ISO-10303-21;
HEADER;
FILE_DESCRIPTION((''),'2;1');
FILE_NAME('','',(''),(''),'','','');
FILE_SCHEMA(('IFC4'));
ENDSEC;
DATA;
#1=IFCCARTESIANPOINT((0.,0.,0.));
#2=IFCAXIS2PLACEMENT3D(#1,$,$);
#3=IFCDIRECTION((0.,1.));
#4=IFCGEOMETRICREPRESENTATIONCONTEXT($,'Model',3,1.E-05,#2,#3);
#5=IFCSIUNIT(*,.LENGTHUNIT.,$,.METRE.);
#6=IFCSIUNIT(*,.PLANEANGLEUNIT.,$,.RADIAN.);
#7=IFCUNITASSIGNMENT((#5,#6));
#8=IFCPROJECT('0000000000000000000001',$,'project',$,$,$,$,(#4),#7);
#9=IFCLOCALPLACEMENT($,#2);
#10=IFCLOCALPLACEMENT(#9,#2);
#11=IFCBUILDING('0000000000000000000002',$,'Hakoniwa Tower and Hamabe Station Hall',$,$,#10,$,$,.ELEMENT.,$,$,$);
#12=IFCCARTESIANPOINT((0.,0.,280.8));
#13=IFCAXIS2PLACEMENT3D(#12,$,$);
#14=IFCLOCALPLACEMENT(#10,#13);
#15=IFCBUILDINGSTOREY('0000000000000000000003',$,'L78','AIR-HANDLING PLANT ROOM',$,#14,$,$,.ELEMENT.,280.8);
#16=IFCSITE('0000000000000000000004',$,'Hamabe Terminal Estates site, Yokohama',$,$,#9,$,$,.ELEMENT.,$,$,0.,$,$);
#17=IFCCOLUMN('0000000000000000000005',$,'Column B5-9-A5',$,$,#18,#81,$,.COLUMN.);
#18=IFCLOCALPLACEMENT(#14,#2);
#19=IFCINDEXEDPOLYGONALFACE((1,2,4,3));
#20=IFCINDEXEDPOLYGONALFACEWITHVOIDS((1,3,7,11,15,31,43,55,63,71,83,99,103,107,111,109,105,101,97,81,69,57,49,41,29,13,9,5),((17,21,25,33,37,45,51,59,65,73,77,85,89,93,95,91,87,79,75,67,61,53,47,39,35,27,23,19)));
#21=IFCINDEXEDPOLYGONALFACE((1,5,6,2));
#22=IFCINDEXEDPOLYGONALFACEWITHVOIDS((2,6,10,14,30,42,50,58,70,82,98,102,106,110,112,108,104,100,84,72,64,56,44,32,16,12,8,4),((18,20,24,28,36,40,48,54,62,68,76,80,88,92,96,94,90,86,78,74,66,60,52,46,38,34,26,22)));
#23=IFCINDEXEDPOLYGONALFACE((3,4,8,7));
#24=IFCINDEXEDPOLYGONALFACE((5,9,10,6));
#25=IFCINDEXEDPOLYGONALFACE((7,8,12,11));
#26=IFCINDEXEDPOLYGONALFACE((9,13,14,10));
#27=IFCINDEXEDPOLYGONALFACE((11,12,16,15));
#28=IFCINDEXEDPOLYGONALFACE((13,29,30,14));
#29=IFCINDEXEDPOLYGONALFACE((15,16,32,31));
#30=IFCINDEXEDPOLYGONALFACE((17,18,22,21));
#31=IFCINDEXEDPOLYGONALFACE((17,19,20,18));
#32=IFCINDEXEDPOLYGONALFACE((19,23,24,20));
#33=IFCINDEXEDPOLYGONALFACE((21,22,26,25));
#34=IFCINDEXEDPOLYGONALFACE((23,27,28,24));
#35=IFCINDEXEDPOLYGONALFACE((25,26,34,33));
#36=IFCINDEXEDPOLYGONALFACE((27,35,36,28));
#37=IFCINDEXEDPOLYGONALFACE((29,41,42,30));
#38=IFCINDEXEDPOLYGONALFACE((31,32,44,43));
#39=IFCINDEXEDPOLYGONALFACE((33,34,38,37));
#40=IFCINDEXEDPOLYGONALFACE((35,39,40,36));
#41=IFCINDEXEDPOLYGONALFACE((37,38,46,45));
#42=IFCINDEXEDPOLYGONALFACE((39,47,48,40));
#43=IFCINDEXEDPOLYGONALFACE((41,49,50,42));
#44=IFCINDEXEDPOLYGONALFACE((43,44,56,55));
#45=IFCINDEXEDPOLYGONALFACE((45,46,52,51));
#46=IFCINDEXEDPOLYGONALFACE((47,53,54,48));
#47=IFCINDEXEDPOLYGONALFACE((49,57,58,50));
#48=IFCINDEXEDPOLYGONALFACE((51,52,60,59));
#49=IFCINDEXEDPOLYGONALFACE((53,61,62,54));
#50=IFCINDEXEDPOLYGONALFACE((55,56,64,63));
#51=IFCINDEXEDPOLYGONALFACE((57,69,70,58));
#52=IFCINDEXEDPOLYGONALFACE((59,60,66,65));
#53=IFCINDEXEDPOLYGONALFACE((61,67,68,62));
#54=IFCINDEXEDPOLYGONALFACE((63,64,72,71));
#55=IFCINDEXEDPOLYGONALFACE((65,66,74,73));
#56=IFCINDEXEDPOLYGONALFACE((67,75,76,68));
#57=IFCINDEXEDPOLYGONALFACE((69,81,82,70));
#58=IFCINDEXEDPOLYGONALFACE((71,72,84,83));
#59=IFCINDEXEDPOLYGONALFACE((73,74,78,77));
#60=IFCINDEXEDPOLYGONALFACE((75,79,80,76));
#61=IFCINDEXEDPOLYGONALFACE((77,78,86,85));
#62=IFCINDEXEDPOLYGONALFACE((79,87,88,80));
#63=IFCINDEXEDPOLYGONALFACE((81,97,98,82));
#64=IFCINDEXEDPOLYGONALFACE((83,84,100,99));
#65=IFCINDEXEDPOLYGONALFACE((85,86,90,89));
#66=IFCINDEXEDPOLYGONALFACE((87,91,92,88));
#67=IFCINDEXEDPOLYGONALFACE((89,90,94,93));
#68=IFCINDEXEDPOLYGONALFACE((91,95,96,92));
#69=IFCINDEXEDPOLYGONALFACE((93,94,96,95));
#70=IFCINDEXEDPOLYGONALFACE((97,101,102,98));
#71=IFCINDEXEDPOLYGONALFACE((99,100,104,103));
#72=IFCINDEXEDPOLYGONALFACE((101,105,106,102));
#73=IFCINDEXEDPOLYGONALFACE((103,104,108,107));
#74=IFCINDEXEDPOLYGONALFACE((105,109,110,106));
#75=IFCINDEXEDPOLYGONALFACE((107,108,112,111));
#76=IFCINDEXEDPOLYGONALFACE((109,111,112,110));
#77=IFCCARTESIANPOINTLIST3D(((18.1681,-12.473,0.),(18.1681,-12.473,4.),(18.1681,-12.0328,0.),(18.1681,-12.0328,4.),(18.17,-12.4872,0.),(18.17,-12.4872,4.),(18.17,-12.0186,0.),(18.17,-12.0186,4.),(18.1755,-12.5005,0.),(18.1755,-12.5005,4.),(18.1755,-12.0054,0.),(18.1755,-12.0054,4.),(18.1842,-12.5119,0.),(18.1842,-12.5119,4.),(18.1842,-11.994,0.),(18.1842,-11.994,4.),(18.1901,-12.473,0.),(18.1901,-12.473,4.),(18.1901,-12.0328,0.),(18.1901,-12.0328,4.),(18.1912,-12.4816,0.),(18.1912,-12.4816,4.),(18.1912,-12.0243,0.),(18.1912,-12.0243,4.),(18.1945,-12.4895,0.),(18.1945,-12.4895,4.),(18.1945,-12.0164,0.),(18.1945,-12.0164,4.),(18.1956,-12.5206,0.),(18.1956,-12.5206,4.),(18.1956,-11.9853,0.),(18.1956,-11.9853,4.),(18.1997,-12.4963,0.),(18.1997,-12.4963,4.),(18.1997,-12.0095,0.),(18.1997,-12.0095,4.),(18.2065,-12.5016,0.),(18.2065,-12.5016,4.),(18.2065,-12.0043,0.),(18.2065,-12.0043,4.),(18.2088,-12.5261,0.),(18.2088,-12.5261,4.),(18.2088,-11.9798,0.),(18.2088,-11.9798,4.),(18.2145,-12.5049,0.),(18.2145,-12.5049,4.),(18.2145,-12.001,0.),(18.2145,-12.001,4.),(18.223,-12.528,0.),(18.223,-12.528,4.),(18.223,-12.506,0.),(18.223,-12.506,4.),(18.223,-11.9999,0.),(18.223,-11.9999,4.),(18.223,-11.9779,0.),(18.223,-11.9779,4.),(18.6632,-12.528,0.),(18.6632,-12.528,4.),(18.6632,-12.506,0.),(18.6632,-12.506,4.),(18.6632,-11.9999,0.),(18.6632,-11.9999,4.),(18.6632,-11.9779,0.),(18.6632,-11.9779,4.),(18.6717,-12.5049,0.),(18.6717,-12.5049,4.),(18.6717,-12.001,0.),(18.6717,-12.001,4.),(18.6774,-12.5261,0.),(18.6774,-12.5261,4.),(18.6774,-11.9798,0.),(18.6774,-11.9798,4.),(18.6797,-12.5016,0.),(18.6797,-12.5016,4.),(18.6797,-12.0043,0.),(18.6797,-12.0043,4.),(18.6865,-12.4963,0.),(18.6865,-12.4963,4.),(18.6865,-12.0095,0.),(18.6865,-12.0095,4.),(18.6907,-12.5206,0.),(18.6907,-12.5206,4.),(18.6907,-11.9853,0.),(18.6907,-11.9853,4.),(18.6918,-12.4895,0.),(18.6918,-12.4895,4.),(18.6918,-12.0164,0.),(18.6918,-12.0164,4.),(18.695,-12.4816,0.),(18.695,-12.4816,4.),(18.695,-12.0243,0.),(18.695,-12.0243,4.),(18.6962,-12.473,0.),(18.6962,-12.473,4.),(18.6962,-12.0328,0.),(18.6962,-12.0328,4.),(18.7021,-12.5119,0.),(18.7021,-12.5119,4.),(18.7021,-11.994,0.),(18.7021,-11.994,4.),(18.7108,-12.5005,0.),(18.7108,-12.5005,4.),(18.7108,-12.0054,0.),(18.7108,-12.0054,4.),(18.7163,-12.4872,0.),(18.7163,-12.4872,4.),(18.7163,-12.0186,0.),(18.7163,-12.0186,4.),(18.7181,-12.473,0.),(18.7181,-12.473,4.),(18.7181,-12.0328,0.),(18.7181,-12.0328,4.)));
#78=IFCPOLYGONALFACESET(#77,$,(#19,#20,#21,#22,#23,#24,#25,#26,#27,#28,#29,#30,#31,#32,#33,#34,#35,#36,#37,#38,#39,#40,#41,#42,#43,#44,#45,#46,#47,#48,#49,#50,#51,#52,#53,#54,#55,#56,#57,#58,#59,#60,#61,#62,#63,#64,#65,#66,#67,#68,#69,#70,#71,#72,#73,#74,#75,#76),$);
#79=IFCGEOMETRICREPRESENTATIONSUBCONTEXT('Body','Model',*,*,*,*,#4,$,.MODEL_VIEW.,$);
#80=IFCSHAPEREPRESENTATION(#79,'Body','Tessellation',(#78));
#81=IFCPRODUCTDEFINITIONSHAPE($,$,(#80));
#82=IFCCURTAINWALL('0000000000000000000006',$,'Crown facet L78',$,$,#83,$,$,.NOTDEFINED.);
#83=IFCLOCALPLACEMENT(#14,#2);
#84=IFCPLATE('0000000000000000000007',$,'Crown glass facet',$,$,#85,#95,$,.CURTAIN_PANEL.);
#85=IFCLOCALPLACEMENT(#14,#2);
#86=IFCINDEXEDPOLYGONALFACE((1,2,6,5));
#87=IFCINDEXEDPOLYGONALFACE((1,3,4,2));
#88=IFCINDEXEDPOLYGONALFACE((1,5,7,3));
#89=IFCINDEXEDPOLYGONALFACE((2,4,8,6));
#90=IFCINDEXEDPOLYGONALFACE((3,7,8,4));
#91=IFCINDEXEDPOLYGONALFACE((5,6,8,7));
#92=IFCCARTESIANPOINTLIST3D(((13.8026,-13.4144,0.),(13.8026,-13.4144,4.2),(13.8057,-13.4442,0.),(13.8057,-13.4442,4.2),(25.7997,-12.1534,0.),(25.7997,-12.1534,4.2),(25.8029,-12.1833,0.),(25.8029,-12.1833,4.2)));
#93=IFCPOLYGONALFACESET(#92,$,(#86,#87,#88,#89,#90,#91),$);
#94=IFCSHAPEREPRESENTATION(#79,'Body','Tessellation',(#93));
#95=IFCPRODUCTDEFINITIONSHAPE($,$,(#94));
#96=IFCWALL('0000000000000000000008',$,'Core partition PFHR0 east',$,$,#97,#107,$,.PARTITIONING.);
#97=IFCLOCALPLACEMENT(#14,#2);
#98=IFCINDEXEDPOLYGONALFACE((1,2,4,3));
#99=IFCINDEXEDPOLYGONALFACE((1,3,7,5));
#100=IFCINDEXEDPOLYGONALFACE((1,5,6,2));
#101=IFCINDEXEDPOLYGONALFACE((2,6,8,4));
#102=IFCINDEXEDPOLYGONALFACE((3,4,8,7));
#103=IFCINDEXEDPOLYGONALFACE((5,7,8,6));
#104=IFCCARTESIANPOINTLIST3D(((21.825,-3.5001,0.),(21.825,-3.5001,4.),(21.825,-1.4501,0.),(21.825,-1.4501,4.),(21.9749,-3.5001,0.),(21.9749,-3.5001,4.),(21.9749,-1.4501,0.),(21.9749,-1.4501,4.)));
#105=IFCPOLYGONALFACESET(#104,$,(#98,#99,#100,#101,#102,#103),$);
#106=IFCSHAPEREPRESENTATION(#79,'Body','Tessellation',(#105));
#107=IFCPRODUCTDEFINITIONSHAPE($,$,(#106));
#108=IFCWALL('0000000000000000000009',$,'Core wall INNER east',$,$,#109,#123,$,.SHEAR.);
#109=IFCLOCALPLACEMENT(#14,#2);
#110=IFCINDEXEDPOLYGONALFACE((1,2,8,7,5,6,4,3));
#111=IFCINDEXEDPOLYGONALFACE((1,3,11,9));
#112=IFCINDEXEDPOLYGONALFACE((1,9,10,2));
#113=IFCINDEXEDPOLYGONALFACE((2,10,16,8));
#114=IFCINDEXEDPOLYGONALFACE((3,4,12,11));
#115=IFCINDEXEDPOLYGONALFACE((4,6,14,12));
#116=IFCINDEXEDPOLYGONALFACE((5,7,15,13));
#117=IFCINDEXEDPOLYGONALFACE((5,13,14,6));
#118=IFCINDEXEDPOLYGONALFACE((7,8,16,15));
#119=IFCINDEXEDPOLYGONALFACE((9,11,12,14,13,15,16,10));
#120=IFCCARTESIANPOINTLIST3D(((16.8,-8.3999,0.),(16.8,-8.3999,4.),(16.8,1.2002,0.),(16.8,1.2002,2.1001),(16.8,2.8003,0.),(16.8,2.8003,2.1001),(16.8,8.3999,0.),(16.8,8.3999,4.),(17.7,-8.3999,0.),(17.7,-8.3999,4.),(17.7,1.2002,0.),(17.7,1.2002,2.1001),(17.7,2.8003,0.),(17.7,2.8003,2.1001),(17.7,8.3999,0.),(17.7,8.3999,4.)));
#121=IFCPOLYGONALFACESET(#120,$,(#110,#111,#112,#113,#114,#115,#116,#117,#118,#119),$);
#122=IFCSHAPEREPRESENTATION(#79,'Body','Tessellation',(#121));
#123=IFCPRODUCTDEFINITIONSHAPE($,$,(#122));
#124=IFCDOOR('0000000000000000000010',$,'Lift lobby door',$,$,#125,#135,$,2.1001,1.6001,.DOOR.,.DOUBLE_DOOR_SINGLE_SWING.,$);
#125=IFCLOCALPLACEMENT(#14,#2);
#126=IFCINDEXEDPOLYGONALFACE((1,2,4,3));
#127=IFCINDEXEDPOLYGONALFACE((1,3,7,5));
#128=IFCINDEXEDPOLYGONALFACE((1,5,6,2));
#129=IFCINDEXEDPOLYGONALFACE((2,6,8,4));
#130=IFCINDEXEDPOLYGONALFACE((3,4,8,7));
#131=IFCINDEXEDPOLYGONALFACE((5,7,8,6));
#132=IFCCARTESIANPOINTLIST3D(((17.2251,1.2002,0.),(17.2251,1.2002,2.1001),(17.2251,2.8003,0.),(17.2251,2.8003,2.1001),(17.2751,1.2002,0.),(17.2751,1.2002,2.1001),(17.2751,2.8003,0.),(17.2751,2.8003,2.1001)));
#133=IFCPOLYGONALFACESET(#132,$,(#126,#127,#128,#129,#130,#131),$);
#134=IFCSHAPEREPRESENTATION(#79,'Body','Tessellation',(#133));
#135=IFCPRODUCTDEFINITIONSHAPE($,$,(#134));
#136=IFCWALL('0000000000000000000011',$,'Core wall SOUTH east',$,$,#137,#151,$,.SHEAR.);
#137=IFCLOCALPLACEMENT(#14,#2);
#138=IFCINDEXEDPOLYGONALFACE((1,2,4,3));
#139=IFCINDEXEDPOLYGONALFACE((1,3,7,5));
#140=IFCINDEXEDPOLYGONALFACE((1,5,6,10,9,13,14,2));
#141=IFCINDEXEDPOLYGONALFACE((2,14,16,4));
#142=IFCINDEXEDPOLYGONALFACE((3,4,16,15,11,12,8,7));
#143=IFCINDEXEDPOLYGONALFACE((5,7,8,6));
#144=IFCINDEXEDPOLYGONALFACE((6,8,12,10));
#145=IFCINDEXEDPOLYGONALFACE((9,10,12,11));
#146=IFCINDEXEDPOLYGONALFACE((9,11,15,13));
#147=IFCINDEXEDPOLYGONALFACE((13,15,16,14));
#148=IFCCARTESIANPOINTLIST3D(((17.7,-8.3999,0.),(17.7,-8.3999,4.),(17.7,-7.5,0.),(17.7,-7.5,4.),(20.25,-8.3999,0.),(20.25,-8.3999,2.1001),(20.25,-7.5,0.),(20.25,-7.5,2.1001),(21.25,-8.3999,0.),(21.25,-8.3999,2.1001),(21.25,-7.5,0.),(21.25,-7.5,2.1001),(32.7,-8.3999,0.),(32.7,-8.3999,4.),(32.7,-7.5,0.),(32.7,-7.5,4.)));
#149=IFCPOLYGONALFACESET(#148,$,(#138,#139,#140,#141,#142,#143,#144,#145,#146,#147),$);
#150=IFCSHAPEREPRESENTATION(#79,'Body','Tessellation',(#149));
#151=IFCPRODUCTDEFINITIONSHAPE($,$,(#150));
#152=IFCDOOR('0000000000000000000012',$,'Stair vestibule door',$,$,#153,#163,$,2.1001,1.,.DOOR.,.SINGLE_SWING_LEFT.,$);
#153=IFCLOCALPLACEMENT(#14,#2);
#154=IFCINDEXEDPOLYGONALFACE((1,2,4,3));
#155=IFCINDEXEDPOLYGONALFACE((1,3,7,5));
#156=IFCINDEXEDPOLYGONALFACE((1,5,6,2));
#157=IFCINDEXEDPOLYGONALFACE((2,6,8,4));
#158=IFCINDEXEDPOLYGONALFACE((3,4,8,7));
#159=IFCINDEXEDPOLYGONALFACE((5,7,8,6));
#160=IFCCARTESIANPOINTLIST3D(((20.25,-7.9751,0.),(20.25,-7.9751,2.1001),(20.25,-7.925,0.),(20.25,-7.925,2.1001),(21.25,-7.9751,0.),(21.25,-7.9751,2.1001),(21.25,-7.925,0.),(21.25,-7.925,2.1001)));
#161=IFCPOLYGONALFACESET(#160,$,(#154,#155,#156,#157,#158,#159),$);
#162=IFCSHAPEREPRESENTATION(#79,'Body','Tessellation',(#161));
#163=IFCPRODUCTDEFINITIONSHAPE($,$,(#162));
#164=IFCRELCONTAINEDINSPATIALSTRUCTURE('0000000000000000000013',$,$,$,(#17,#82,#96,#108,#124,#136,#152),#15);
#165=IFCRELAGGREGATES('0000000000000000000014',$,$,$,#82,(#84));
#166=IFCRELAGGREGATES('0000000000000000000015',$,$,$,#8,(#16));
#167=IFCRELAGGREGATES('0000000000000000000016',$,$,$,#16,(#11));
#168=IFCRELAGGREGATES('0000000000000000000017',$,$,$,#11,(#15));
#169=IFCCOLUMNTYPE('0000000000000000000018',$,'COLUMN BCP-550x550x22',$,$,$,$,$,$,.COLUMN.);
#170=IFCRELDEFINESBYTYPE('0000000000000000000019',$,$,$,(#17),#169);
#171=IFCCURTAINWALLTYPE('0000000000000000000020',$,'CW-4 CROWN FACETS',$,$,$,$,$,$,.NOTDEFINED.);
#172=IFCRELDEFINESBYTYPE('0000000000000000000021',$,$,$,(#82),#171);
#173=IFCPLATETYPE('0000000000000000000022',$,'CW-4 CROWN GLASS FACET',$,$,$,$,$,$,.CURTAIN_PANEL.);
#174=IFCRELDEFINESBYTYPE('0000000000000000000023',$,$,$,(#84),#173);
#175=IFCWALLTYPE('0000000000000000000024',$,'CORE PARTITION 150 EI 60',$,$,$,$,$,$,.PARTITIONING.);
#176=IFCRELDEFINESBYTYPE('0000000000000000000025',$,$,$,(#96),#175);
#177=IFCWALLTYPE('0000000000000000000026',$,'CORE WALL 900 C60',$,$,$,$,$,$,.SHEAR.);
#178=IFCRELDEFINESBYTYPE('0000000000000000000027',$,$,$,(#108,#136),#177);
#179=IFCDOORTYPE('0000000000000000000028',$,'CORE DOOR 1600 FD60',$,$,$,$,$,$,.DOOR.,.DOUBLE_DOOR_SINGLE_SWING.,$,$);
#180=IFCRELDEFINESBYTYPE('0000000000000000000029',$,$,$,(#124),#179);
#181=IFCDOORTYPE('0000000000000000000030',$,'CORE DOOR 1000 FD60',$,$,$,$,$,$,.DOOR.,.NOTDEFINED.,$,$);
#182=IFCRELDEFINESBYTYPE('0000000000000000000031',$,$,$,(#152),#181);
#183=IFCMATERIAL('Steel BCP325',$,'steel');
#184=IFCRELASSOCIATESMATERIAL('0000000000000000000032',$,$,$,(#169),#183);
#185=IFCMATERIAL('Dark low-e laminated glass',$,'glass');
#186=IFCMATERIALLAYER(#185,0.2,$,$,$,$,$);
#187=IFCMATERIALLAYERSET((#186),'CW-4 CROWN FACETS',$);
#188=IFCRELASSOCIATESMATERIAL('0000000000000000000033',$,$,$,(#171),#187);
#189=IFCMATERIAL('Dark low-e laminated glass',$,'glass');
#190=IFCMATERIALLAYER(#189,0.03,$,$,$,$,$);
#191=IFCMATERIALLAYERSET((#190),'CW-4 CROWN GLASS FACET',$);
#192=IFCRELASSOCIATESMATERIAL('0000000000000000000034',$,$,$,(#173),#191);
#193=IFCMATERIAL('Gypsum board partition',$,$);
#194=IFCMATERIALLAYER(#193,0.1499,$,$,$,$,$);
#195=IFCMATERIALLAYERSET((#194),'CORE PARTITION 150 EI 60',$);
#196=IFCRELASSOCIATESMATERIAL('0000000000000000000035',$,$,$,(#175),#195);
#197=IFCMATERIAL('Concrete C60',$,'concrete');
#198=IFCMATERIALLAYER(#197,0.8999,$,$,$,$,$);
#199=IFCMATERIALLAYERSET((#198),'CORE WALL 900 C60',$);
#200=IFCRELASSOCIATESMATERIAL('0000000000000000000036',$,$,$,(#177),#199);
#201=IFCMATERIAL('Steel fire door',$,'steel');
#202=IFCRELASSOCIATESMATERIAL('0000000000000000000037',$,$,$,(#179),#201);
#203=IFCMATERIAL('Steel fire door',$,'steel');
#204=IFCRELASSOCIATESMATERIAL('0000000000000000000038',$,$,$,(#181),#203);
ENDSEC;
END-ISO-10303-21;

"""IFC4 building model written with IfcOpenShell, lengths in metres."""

from ifc_helpers import new_model, si_unit, direction, frame, frame_2d, origin, origin_2d, place, context, subcontext, project, spatial, rectangle, hollow_rectangle, extrude, material, layer, layer_set, material_profile, profile_set, type_object, element, fill, aggregate, save


model = new_model("IFC4")

# Units and contexts
model_context = context("Model", 3, precision=1e-05, world=origin(), true_north=direction((0.0, 1.0)))
body_context = subcontext(model_context, "Body", "Model", "MODEL_VIEW")
ifc_project = project(units=[si_unit("LENGTHUNIT", "METRE"), si_unit("PLANEANGLEUNIT", "RADIAN")], contexts=[model_context])

# Site, building, storey
site_placement = place(None, origin())
site = spatial("IfcSite", under=ifc_project, at=site_placement, Name="Hamabe Terminal Estates site, Yokohama", CompositionType="ELEMENT", RefElevation=0.0)
building_placement = place(site_placement, origin())
building = spatial("IfcBuilding", under=site, at=building_placement, Name="Hakoniwa Tower and Hamabe Station Hall", CompositionType="ELEMENT")
storey_placement = place(building_placement, frame((0.0, 0.0, 280.8)))
storey = spatial("IfcBuildingStorey", under=building, at=storey_placement, Name="L78", Description="AIR-HANDLING PLANT ROOM", CompositionType="ELEMENT", Elevation=280.8)

# Column
ifc_material_1 = material(Name="Steel BCP325", Category="steel")
ifc_material_profile_1 = material_profile(ifc_material_1, hollow_rectangle(XDim=0.55, YDim=0.55, WallThickness=0.022, InnerFilletRadius=0.033, OuterFilletRadius=0.0549, at=origin_2d()), Name="BCP-550x550x22")
ifc_profile_set_1 = profile_set([ifc_material_profile_1], Name="Steel BCP325")
column_type = type_object("IfcColumnType", Name="COLUMN BCP-550x550x22", PredefinedType="COLUMN", material=ifc_profile_set_1)
column_placement = place(storey_placement, frame((18.4431, -12.2529, 0.0), z_axis=(0.0, 0.0, 1.0), x_axis=(1.0, 0.0, 0.0)))
element("IfcColumn", 1, at=column_placement, inside=storey, type_object=column_type, Name="Column B5-9-A5", PredefinedType="COLUMN", context=body_context, shape_type="SweptSolid", body=[
    extrude(hollow_rectangle(XDim=0.55, YDim=0.55, WallThickness=0.022, InnerFilletRadius=0.033, OuterFilletRadius=0.0549, at=origin_2d()), origin(), (0.0, 0.0, 1.0), 4.0),
])

# Curtain wall, plate
ifc_material_2 = material(Name="Dark low-e laminated glass", Category="glass")
ifc_layer_1 = layer(ifc_material_2, 0.2)
ifc_layer_set_1 = layer_set([ifc_layer_1], Name="CW-4 CROWN FACETS")
curtain_wall_type = type_object("IfcCurtainWallType", Name="CW-4 CROWN FACETS", PredefinedType="NOTDEFINED", material=ifc_layer_set_1)
curtain_wall_placement = place(storey_placement, origin())
curtain_wall = element("IfcCurtainWall", 2, at=curtain_wall_placement, inside=storey, type_object=curtain_wall_type, Name="Crown facet L78", PredefinedType="NOTDEFINED")
ifc_material_3 = material(Name="Dark low-e laminated glass", Category="glass")
ifc_layer_2 = layer(ifc_material_3, 0.03)
ifc_layer_set_2 = layer_set([ifc_layer_2], Name="CW-4 CROWN GLASS FACET")
plate_type = type_object("IfcPlateType", Name="CW-4 CROWN GLASS FACET", PredefinedType="CURTAIN_PANEL", material=ifc_layer_set_2)
plate_placement = place(storey_placement, frame((19.8027, -12.7988, 0.0), z_axis=(0.0, 0.0, 1.0), x_axis=(0.994522, 0.104528, 0.0)))
plate = element("IfcPlate", 3, at=plate_placement, type_object=plate_type, Name="Crown glass facet", PredefinedType="CURTAIN_PANEL", context=body_context, shape_type="SweptSolid", body=[
    extrude(rectangle(XDim=12.0632, YDim=0.03, at=origin_2d()), origin(), (0.0, 0.0, 1.0), 4.2),
])
aggregate(curtain_wall, [plate])

# Wall
ifc_material_4 = material(Name="Gypsum board partition")
ifc_layer_3 = layer(ifc_material_4, 0.1499)
ifc_layer_set_3 = layer_set([ifc_layer_3], Name="CORE PARTITION 150 EI 60")
wall_type_1 = type_object("IfcWallType", Name="CORE PARTITION 150 EI 60", PredefinedType="PARTITIONING", material=ifc_layer_set_3)
wall_1_placement = place(storey_placement, frame((21.8999, -3.5, 0.0), z_axis=(0.0, 0.0, 1.0), x_axis=(0.0, 1.0, 0.0)))
element("IfcWall", 4, at=wall_1_placement, inside=storey, type_object=wall_type_1, Name="Core partition PFHR0 east", PredefinedType="PARTITIONING", context=body_context, shape_type="SweptSolid", body=[
    extrude(rectangle(XDim=2.05, YDim=0.1499, at=frame_2d((1.0249, 0.0))), origin(), (0.0, 0.0, 1.0), 4.0),
])

# Walls, openings, doors
ifc_material_5 = material(Name="Concrete C60", Category="concrete")
ifc_layer_4 = layer(ifc_material_5, 0.8999)
ifc_layer_set_4 = layer_set([ifc_layer_4], Name="CORE WALL 900 C60")
wall_type_2 = type_object("IfcWallType", Name="CORE WALL 900 C60", PredefinedType="SHEAR", material=ifc_layer_set_4)
wall_2_placement = place(storey_placement, frame((17.25, -8.3999, 0.0), z_axis=(0.0, 0.0, 1.0), x_axis=(0.0, 1.0, 0.0)))
wall_2 = element("IfcWall", 5, at=wall_2_placement, inside=storey, type_object=wall_type_2, Name="Core wall INNER east", PredefinedType="SHEAR", context=body_context, shape_type="SweptSolid", body=[
    extrude(rectangle(XDim=16.7998, YDim=0.8999, at=frame_2d((8.3999, 0.0))), origin(), (0.0, 0.0, 1.0), 4.0),
])
opening_1_placement = place(wall_2_placement, frame((9.6001, 0.0, 0.0)))
opening_1 = element("IfcOpeningElement", 6, at=opening_1_placement, cuts=wall_2, PredefinedType="OPENING", context=body_context, shape_type="SweptSolid", body=[
    extrude(rectangle(XDim=1.6001, YDim=2.1001, at=frame_2d((0.8, 1.05))), frame((0.0, 0.46, 0.0), z_axis=(0.0, -1.0, 0.0), x_axis=(1.0, 0.0, 0.0)), (0.0, 0.0, 1.0), 0.9199),
])
ifc_material_6 = material(Name="Steel fire door", Category="steel")
door_type_1 = type_object("IfcDoorType", Name="CORE DOOR 1600 FD60", OperationType="DOUBLE_DOOR_SINGLE_SWING", PredefinedType="DOOR", material=ifc_material_6)
door_1_placement = place(opening_1_placement, origin())
door_1 = element("IfcDoor", 7, at=door_1_placement, inside=storey, type_object=door_type_1, Name="Lift lobby door", OperationType="DOUBLE_DOOR_SINGLE_SWING", OverallHeight=2.1001, OverallWidth=1.6001, PredefinedType="DOOR", context=body_context, shape_type="SweptSolid", body=[
    extrude(rectangle(XDim=1.6001, YDim=2.1001, at=frame_2d((0.8, 1.05))), frame((0.0, 0.0249, 0.0), z_axis=(0.0, -1.0, 0.0), x_axis=(1.0, 0.0, 0.0)), (0.0, 0.0, 1.0), 0.05),
])
fill(opening_1, door_1)
wall_3_placement = place(storey_placement, frame((17.7, -7.95, 0.0), z_axis=(0.0, 0.0, 1.0), x_axis=(1.0, 0.0, 0.0)))
wall_3 = element("IfcWall", 8, at=wall_3_placement, inside=storey, type_object=wall_type_2, Name="Core wall SOUTH east", PredefinedType="SHEAR", context=body_context, shape_type="SweptSolid", body=[
    extrude(rectangle(XDim=15.0, YDim=0.8999, at=frame_2d((7.5, 0.0))), origin(), (0.0, 0.0, 1.0), 4.0),
])
opening_2_placement = place(wall_3_placement, frame((2.55, 0.0, 0.0)))
opening_2 = element("IfcOpeningElement", 9, at=opening_2_placement, cuts=wall_3, PredefinedType="OPENING", context=body_context, shape_type="SweptSolid", body=[
    extrude(rectangle(XDim=1.0, YDim=2.1001, at=frame_2d((0.5, 1.05))), frame((0.0, 0.46, 0.0), z_axis=(0.0, -1.0, 0.0), x_axis=(1.0, 0.0, 0.0)), (0.0, 0.0, 1.0), 0.9199),
])
ifc_material_7 = material(Name="Steel fire door", Category="steel")
door_type_2 = type_object("IfcDoorType", Name="CORE DOOR 1000 FD60", OperationType="NOTDEFINED", PredefinedType="DOOR", material=ifc_material_7)
door_2_placement = place(opening_2_placement, origin())
door_2 = element("IfcDoor", 10, at=door_2_placement, inside=storey, type_object=door_type_2, Name="Stair vestibule door", OperationType="SINGLE_SWING_LEFT", OverallHeight=2.1001, OverallWidth=1.0, PredefinedType="DOOR", context=body_context, shape_type="SweptSolid", body=[
    extrude(rectangle(XDim=1.0, YDim=2.1001, at=frame_2d((0.5, 1.05))), frame((0.0, 0.0249, 0.0), z_axis=(0.0, -1.0, 0.0), x_axis=(1.0, 0.0, 0.0)), (0.0, 0.0, 1.0), 0.05),
])
fill(opening_2, door_2)

save(model, "model.ifc")
